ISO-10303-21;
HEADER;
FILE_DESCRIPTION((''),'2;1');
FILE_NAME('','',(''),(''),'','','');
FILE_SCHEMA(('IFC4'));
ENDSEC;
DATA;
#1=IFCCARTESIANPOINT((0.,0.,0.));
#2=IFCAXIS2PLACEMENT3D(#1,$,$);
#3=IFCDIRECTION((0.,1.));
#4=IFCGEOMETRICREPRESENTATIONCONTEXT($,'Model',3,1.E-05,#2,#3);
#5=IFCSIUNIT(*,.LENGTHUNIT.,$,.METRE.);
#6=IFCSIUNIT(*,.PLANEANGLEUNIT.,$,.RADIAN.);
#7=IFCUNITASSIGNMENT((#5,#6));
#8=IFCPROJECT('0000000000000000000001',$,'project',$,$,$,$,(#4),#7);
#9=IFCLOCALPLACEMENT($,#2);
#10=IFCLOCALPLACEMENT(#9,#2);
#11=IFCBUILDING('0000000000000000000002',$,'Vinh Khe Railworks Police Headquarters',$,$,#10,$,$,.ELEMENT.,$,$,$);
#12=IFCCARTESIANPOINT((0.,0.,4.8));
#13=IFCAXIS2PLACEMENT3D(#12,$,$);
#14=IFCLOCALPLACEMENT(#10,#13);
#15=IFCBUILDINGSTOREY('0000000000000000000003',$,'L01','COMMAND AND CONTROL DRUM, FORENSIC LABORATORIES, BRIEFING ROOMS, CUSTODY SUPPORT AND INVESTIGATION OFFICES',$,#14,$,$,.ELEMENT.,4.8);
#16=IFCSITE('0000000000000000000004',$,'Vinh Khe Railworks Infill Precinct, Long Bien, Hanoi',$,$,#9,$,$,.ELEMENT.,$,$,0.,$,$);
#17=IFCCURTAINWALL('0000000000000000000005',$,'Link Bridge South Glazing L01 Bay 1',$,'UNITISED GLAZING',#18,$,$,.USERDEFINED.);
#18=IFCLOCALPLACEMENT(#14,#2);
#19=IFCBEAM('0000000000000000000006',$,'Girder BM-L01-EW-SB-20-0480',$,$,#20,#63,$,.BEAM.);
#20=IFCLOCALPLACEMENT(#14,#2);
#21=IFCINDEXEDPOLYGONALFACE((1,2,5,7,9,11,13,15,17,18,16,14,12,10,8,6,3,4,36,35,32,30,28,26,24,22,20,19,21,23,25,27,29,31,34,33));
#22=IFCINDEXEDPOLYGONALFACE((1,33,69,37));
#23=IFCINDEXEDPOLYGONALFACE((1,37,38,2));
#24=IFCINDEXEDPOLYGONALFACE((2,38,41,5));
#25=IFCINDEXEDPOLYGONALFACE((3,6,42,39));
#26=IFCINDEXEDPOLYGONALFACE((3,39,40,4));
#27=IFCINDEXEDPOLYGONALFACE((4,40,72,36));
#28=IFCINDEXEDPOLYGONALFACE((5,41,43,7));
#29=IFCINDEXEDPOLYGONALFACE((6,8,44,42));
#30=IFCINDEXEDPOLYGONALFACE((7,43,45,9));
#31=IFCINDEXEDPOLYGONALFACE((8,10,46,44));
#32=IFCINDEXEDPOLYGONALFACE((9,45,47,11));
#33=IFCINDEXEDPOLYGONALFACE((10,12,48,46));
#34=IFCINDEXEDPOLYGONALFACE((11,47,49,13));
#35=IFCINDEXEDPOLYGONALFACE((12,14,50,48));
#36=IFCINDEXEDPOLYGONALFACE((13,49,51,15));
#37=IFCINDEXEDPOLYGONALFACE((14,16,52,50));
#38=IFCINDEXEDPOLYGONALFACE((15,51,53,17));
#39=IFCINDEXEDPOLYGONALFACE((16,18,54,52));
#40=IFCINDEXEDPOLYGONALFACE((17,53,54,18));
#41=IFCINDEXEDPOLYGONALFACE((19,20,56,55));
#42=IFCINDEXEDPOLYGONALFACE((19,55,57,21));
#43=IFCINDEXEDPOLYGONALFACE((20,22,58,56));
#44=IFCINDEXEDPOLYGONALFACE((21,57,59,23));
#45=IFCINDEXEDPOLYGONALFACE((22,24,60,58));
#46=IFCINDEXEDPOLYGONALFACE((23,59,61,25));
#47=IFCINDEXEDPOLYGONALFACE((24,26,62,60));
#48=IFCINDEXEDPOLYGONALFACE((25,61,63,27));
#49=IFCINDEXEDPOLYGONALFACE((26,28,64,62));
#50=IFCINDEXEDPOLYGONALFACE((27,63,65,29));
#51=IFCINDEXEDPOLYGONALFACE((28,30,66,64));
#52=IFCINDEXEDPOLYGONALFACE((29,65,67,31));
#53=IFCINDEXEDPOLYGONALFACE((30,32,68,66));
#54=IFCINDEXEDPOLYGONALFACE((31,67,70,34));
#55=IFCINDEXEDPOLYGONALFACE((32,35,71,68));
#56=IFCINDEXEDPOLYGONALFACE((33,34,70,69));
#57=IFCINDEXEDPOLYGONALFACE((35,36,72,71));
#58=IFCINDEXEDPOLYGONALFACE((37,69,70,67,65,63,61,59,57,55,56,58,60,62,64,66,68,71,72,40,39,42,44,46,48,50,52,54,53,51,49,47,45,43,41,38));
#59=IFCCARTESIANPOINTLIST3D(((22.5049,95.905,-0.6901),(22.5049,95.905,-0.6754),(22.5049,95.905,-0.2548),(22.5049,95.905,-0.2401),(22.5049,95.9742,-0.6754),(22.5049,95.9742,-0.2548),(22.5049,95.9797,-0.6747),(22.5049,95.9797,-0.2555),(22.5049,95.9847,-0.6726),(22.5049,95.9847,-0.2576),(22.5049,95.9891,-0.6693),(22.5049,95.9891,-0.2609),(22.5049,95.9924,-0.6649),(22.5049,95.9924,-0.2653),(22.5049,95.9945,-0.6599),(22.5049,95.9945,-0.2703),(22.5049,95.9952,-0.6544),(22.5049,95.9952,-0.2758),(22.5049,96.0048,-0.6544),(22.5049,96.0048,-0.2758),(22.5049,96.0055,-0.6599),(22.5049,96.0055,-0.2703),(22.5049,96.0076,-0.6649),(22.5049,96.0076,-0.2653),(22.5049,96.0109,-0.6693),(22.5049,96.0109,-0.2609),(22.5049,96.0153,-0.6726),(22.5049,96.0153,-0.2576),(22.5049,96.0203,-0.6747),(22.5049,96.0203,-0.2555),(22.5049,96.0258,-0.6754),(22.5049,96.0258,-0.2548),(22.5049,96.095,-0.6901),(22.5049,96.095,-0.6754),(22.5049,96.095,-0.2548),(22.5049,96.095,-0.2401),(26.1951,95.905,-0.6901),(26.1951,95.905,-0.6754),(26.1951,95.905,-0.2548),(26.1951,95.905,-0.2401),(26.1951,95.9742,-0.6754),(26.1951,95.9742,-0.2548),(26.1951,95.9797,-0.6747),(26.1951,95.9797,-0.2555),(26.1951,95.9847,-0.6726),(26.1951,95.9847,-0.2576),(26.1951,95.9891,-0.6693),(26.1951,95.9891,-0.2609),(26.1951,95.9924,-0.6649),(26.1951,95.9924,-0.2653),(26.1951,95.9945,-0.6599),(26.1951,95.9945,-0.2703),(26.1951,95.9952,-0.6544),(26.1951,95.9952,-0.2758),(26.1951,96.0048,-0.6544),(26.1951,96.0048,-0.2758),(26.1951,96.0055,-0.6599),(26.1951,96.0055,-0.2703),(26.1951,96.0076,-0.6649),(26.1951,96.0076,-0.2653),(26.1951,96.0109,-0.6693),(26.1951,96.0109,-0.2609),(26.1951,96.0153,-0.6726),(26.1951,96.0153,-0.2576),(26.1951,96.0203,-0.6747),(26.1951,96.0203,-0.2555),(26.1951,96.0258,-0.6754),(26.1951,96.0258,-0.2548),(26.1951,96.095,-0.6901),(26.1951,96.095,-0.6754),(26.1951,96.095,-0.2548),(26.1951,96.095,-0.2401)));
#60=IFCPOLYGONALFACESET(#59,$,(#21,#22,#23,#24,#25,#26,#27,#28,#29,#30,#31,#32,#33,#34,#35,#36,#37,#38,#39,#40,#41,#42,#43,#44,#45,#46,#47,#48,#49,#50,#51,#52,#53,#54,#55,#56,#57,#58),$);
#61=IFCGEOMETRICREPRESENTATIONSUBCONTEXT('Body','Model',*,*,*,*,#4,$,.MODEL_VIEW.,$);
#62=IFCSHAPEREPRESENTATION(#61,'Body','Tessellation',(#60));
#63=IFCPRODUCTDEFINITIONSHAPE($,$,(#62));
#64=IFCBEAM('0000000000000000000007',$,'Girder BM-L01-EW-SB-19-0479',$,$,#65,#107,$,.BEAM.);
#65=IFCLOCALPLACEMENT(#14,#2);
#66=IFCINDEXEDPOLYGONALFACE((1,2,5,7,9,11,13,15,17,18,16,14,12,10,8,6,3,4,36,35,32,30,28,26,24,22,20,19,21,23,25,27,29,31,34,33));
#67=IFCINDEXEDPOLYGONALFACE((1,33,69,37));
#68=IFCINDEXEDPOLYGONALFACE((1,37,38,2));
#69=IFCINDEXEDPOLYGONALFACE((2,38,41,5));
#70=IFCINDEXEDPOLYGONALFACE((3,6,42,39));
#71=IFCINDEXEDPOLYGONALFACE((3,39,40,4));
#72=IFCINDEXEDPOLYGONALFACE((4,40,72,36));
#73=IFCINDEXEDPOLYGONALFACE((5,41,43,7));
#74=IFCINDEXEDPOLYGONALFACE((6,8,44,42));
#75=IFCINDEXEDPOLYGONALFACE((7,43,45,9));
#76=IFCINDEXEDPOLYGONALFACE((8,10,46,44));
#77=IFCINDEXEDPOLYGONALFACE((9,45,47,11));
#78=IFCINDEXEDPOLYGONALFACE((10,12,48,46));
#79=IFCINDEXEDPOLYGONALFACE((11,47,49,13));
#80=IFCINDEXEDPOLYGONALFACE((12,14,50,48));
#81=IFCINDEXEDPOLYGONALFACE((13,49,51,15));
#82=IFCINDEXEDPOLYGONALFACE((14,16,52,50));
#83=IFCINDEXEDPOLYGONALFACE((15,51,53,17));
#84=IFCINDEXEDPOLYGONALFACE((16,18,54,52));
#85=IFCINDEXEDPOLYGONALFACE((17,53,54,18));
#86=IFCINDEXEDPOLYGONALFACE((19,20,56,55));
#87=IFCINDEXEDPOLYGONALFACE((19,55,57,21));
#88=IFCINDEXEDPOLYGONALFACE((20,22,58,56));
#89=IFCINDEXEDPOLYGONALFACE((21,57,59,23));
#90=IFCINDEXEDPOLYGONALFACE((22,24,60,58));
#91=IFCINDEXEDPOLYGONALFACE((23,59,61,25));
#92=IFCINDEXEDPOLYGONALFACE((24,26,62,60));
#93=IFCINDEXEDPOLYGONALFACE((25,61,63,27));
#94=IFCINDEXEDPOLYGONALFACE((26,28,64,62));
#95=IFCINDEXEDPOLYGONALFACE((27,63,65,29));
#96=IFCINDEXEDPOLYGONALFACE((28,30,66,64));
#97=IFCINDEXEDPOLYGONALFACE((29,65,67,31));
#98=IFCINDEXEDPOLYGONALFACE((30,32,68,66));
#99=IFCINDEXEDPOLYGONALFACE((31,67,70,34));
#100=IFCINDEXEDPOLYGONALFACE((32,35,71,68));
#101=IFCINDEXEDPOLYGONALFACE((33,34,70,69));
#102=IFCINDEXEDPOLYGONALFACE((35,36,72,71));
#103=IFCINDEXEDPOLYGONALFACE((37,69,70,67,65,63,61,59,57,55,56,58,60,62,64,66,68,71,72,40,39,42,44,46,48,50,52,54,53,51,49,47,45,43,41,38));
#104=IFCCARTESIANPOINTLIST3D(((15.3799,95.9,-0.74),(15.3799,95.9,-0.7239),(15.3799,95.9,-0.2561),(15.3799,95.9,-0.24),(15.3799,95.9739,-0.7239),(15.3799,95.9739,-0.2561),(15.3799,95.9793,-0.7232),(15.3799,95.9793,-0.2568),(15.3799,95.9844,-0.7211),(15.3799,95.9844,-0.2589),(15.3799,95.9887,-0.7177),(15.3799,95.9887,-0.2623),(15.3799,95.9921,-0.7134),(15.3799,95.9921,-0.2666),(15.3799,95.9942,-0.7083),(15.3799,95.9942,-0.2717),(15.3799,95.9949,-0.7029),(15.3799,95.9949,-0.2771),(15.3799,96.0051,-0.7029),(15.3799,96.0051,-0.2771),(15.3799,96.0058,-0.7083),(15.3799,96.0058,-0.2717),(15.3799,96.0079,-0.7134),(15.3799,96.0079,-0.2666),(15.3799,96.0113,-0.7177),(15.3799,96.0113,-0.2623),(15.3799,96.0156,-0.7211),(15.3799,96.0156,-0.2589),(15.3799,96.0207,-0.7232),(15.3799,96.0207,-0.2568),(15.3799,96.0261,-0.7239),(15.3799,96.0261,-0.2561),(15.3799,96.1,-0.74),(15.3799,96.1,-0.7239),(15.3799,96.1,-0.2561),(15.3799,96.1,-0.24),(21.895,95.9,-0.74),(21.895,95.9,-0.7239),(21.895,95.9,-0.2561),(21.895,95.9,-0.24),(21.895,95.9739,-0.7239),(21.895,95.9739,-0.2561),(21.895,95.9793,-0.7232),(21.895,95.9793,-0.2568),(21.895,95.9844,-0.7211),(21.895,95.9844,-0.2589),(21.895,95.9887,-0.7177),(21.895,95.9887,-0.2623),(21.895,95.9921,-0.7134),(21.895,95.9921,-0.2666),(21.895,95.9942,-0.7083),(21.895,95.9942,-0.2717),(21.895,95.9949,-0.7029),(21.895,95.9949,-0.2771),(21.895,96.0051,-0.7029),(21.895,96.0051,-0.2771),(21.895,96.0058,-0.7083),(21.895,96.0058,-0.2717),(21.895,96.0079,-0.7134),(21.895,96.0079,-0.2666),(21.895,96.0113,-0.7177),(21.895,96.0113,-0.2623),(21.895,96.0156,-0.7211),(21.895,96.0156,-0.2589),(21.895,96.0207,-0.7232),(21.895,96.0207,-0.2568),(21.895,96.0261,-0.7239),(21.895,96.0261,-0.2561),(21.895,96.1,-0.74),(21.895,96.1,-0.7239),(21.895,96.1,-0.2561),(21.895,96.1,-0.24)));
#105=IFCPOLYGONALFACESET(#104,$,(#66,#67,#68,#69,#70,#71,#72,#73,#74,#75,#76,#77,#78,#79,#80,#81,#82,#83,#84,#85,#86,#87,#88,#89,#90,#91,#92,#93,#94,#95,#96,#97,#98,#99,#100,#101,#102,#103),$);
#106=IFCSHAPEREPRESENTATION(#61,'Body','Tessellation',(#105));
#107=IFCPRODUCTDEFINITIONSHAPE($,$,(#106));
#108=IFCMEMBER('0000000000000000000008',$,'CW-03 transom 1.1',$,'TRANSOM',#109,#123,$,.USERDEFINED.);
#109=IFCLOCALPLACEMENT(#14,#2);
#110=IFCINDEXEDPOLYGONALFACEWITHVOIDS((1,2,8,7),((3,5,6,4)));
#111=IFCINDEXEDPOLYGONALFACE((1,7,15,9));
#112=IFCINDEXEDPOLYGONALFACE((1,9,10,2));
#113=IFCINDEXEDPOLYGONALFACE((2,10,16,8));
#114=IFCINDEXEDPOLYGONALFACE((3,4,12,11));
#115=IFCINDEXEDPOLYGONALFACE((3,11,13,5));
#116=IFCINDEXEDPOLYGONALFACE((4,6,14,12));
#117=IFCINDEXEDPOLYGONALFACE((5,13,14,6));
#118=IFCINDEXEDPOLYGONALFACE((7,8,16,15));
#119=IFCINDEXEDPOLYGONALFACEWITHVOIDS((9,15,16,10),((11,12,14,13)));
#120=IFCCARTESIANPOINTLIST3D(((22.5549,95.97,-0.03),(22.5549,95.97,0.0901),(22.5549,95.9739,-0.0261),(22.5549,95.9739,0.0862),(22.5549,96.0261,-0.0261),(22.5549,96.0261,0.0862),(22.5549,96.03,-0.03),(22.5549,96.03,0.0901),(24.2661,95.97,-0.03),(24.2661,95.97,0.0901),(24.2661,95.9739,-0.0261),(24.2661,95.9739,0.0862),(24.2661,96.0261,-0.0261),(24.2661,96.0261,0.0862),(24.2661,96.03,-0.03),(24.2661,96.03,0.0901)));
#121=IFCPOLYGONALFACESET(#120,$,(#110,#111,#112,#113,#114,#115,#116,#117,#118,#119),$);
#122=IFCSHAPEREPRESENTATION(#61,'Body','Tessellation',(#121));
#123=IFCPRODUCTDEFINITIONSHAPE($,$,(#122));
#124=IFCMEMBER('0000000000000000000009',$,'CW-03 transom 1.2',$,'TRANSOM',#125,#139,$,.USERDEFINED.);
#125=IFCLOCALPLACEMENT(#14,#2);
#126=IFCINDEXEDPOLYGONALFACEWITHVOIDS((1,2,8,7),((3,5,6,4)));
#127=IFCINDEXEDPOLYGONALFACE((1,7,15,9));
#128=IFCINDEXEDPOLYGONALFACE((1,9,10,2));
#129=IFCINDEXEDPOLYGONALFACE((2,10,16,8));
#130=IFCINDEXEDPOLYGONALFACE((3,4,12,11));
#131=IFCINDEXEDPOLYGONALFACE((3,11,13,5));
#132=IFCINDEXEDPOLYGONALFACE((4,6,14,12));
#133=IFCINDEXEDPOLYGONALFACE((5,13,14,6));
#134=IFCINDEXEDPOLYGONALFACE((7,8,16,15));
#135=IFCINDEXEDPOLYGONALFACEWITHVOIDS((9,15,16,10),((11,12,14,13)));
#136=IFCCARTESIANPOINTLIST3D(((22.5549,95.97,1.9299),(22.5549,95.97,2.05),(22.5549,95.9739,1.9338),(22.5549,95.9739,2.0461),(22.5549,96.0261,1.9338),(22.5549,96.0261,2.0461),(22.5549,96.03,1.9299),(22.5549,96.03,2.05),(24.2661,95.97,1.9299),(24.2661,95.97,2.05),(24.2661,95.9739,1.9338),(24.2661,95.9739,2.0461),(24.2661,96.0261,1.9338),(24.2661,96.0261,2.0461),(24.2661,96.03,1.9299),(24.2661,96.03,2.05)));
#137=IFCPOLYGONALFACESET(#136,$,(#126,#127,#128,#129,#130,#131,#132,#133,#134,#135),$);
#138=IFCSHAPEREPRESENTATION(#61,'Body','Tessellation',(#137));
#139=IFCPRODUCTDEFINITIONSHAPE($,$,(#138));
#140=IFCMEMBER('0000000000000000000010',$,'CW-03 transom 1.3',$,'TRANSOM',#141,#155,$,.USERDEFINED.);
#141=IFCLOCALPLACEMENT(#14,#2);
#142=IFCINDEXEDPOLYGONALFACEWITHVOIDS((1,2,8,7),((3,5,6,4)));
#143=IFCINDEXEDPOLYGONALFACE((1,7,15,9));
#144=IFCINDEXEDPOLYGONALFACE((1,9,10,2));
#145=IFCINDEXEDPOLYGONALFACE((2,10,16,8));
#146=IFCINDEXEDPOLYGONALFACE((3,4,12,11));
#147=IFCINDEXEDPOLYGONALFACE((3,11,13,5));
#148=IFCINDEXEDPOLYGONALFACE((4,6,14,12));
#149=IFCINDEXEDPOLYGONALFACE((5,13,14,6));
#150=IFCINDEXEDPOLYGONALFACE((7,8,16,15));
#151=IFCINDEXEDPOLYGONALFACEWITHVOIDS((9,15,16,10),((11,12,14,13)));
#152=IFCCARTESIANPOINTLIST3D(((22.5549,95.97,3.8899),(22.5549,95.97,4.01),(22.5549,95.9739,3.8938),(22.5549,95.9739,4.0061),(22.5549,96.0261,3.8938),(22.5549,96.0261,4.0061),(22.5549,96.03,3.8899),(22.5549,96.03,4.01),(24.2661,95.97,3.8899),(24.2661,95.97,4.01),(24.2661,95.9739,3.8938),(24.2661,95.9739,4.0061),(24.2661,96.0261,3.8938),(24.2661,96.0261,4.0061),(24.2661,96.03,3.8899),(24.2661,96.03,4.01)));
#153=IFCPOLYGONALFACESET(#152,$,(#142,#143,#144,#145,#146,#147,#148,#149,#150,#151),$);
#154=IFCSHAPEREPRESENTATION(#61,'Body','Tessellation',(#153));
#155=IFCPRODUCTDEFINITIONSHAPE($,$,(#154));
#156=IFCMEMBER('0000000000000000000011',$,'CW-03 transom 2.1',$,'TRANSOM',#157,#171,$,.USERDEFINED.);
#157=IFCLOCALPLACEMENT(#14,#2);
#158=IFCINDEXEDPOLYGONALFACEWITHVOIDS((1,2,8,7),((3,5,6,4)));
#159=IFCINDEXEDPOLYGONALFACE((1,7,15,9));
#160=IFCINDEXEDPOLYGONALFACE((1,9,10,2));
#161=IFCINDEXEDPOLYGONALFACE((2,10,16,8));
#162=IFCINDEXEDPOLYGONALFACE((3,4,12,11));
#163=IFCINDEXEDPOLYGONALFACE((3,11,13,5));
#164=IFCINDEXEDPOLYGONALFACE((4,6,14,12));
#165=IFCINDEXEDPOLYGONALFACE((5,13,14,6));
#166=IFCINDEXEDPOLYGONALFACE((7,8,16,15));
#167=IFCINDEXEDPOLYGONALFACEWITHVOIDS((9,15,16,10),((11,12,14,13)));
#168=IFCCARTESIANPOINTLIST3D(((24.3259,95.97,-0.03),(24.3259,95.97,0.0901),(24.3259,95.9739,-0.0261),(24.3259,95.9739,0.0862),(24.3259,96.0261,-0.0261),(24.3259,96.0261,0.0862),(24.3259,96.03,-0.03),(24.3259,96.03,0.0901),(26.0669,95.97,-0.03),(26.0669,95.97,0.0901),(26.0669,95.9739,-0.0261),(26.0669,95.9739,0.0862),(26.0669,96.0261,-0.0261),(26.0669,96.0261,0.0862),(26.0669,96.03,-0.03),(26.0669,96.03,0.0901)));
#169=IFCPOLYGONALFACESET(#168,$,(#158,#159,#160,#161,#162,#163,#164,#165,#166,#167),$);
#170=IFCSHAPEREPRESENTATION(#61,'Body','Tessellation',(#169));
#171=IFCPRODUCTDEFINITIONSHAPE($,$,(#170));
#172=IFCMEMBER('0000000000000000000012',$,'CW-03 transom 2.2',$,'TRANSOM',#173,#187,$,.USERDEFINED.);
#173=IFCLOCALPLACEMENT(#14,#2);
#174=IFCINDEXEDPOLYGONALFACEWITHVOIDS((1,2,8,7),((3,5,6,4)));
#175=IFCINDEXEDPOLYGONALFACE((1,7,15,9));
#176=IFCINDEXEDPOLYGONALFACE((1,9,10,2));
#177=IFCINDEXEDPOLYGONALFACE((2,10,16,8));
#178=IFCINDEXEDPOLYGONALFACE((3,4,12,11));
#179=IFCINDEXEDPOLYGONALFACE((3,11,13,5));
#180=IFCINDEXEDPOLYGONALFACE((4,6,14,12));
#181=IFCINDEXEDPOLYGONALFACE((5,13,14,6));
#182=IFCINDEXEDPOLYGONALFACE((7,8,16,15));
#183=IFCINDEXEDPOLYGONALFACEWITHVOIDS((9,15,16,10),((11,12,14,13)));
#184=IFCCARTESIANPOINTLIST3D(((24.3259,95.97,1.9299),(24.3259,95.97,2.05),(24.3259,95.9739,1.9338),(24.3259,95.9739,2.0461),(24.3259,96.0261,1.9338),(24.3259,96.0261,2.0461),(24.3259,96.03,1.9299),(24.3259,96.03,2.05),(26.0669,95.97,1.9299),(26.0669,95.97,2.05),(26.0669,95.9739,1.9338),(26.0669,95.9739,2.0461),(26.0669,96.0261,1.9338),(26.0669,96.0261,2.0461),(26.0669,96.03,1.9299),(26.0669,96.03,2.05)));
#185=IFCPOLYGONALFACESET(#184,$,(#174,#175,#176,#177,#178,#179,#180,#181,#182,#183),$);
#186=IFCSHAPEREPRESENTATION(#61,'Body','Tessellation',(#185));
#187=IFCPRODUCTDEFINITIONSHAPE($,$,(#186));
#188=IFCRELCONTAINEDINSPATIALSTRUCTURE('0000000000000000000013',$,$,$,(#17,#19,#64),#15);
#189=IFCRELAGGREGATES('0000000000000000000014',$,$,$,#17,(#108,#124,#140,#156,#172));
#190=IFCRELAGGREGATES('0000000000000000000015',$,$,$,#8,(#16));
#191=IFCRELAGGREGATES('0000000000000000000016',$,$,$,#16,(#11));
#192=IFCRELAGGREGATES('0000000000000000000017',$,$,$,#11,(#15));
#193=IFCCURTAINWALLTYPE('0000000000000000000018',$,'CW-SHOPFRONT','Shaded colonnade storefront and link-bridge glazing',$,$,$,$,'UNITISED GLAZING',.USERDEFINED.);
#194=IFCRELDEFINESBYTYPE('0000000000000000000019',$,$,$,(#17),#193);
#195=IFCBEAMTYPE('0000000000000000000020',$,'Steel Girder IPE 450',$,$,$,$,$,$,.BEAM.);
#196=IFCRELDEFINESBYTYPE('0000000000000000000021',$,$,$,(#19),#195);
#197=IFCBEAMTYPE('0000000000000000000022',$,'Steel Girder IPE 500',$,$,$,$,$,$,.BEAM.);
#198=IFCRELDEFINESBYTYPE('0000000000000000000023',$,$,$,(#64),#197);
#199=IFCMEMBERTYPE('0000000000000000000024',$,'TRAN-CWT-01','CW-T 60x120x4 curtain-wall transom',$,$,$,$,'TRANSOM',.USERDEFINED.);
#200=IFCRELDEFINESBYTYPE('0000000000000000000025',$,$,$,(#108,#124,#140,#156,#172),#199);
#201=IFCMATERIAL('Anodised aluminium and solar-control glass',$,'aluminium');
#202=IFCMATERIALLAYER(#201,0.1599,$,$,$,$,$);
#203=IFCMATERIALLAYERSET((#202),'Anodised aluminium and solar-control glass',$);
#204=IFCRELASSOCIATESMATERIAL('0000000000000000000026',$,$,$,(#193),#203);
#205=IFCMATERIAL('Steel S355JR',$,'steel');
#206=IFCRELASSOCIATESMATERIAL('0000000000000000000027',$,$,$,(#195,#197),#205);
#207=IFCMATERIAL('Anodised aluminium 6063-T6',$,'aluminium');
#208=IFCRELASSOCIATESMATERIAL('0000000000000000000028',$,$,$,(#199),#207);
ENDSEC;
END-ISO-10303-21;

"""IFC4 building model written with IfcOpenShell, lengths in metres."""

from ifc_helpers import new_model, si_unit, direction, frame, origin, origin_2d, place, context, subcontext, project, spatial, hollow_rectangle, i_section, extrude, material, layer, layer_set, material_profile, profile_set, type_object, element, aggregate, save


model = new_model("IFC4")

# Units and contexts
model_context = context("Model", 3, precision=1e-05, world=origin(), true_north=direction((0.0, 1.0)))
body_context = subcontext(model_context, "Body", "Model", "MODEL_VIEW")
ifc_project = project(units=[si_unit("LENGTHUNIT", "METRE"), si_unit("PLANEANGLEUNIT", "RADIAN")], contexts=[model_context])

# Site, building, storey
site_placement = place(None, origin())
site = spatial("IfcSite", under=ifc_project, at=site_placement, Name="Vinh Khe Railworks Infill Precinct, Long Bien, Hanoi", CompositionType="ELEMENT", RefElevation=0.0)
building_placement = place(site_placement, origin())
building = spatial("IfcBuilding", under=site, at=building_placement, Name="Vinh Khe Railworks Police Headquarters", CompositionType="ELEMENT")
storey_placement = place(building_placement, frame((0.0, 0.0, 4.8)))
storey = spatial("IfcBuildingStorey", under=building, at=storey_placement, Name="L01", Description="COMMAND AND CONTROL DRUM, FORENSIC LABORATORIES, BRIEFING ROOMS, CUSTODY SUPPORT AND INVESTIGATION OFFICES", CompositionType="ELEMENT", Elevation=4.8)

# Curtain wall
ifc_material_1 = material(Name="Anodised aluminium and solar-control glass", Category="aluminium")
ifc_layer_1 = layer(ifc_material_1, 0.1599)
ifc_layer_set_1 = layer_set([ifc_layer_1], Name="Anodised aluminium and solar-control glass")
curtain_wall_type = type_object("IfcCurtainWallType", Name="CW-SHOPFRONT", Description="Shaded colonnade storefront and link-bridge glazing", ElementType="UNITISED GLAZING", PredefinedType="USERDEFINED", material=ifc_layer_set_1)
curtain_wall_placement = place(storey_placement, origin())
curtain_wall = element("IfcCurtainWall", 1, at=curtain_wall_placement, inside=storey, type_object=curtain_wall_type, Name="Link Bridge South Glazing L01 Bay 1", ObjectType="UNITISED GLAZING", PredefinedType="USERDEFINED")
ifc_material_2 = material(Name="Anodised aluminium 6063-T6", Category="aluminium")

# Beams
ifc_material_3 = material(Name="Steel S355JR", Category="steel")
ifc_material_profile_1 = material_profile(ifc_material_3, i_section(OverallWidth=0.1899, OverallDepth=0.45, WebThickness=0.0095, FlangeThickness=0.0146, FilletRadius=0.021, at=origin_2d()), Name="IPE 450")
ifc_profile_set_1 = profile_set([ifc_material_profile_1], Name="Steel S355JR")
beam_type_1 = type_object("IfcBeamType", Name="Steel Girder IPE 450", PredefinedType="BEAM", material=ifc_profile_set_1)
beam_1_placement = place(storey_placement, frame((22.5049, 96.0, -0.4651), z_axis=(1.0, 0.0, 0.0), x_axis=(0.0, 1.0, 0.0)))
element("IfcBeam", 2, at=beam_1_placement, inside=storey, type_object=beam_type_1, Name="Girder BM-L01-EW-SB-20-0480", PredefinedType="BEAM", context=body_context, shape_type="SweptSolid", body=[
    extrude(i_section(OverallWidth=0.1899, OverallDepth=0.45, WebThickness=0.0095, FlangeThickness=0.0146, FilletRadius=0.021, at=origin_2d()), origin(), (0.0, 0.0, 1.0), 3.6902),
])
ifc_material_profile_2 = material_profile(ifc_material_3, i_section(OverallWidth=0.2, OverallDepth=0.5, WebThickness=0.0103, FlangeThickness=0.0161, FilletRadius=0.021, at=origin_2d()), Name="IPE 500")
ifc_profile_set_2 = profile_set([ifc_material_profile_2], Name="Steel S355JR")
beam_type_2 = type_object("IfcBeamType", Name="Steel Girder IPE 500", PredefinedType="BEAM", material=ifc_profile_set_2)
beam_2_placement = place(storey_placement, frame((15.3799, 96.0, -0.49), z_axis=(1.0, 0.0, 0.0), x_axis=(0.0, 1.0, 0.0)))
element("IfcBeam", 3, at=beam_2_placement, inside=storey, type_object=beam_type_2, Name="Girder BM-L01-EW-SB-19-0479", PredefinedType="BEAM", context=body_context, shape_type="SweptSolid", body=[
    extrude(i_section(OverallWidth=0.2, OverallDepth=0.5, WebThickness=0.0103, FlangeThickness=0.0161, FilletRadius=0.021, at=origin_2d()), origin(), (0.0, 0.0, 1.0), 6.5151),
])

# Members
ifc_material_profile_3 = material_profile(ifc_material_2, hollow_rectangle(XDim=0.0601, YDim=0.1201, WallThickness=0.0039, at=origin_2d()), Name="CW-T 60x120x4")
ifc_profile_set_3 = profile_set([ifc_material_profile_3], Name="Anodised aluminium 6063-T6")
member_type_1 = type_object("IfcMemberType", Name="TRAN-CWT-01", Description="CW-T 60x120x4 curtain-wall transom", ElementType="TRANSOM", PredefinedType="USERDEFINED", material=ifc_profile_set_3)
member_1_placement = place(storey_placement, frame((22.5549, 96.0, 0.03), z_axis=(1.0, 0.0, 0.0), x_axis=(0.0, 1.0, 0.0)))
member_1 = element("IfcMember", 4, at=member_1_placement, type_object=member_type_1, Name="CW-03 transom 1.1", ObjectType="TRANSOM", PredefinedType="USERDEFINED", context=body_context, shape_type="SweptSolid", body=[
    extrude(hollow_rectangle(XDim=0.0601, YDim=0.1201, WallThickness=0.0039, at=origin_2d()), origin(), (0.0, 0.0, 1.0), 1.7112),
])
member_2_placement = place(storey_placement, frame((22.5549, 96.0, 1.99), z_axis=(1.0, 0.0, 0.0), x_axis=(0.0, 1.0, 0.0)))
member_2 = element("IfcMember", 5, at=member_2_placement, type_object=member_type_1, Name="CW-03 transom 1.2", ObjectType="TRANSOM", PredefinedType="USERDEFINED", context=body_context, shape_type="SweptSolid", body=[
    extrude(hollow_rectangle(XDim=0.0601, YDim=0.1201, WallThickness=0.0039, at=origin_2d()), origin(), (0.0, 0.0, 1.0), 1.7112),
])
member_3_placement = place(storey_placement, frame((22.5549, 96.0, 3.95), z_axis=(1.0, 0.0, 0.0), x_axis=(0.0, 1.0, 0.0)))
member_3 = element("IfcMember", 6, at=member_3_placement, type_object=member_type_1, Name="CW-03 transom 1.3", ObjectType="TRANSOM", PredefinedType="USERDEFINED", context=body_context, shape_type="SweptSolid", body=[
    extrude(hollow_rectangle(XDim=0.0601, YDim=0.1201, WallThickness=0.0039, at=origin_2d()), origin(), (0.0, 0.0, 1.0), 1.7112),
])
member_4_placement = place(storey_placement, frame((24.3259, 96.0, 0.03), z_axis=(1.0, 0.0, 0.0), x_axis=(0.0, 1.0, 0.0)))
member_4 = element("IfcMember", 7, at=member_4_placement, type_object=member_type_1, Name="CW-03 transom 2.1", ObjectType="TRANSOM", PredefinedType="USERDEFINED", context=body_context, shape_type="SweptSolid", body=[
    extrude(hollow_rectangle(XDim=0.0601, YDim=0.1201, WallThickness=0.0039, at=origin_2d()), origin(), (0.0, 0.0, 1.0), 1.741),
])
member_5_placement = place(storey_placement, frame((24.3259, 96.0, 1.99), z_axis=(1.0, 0.0, 0.0), x_axis=(0.0, 1.0, 0.0)))
member_5 = element("IfcMember", 8, at=member_5_placement, type_object=member_type_1, Name="CW-03 transom 2.2", ObjectType="TRANSOM", PredefinedType="USERDEFINED", context=body_context, shape_type="SweptSolid", body=[
    extrude(hollow_rectangle(XDim=0.0601, YDim=0.1201, WallThickness=0.0039, at=origin_2d()), origin(), (0.0, 0.0, 1.0), 1.741),
])

aggregate(curtain_wall, [member_1, member_2, member_3, member_4, member_5])

save(model, "model.ifc")
